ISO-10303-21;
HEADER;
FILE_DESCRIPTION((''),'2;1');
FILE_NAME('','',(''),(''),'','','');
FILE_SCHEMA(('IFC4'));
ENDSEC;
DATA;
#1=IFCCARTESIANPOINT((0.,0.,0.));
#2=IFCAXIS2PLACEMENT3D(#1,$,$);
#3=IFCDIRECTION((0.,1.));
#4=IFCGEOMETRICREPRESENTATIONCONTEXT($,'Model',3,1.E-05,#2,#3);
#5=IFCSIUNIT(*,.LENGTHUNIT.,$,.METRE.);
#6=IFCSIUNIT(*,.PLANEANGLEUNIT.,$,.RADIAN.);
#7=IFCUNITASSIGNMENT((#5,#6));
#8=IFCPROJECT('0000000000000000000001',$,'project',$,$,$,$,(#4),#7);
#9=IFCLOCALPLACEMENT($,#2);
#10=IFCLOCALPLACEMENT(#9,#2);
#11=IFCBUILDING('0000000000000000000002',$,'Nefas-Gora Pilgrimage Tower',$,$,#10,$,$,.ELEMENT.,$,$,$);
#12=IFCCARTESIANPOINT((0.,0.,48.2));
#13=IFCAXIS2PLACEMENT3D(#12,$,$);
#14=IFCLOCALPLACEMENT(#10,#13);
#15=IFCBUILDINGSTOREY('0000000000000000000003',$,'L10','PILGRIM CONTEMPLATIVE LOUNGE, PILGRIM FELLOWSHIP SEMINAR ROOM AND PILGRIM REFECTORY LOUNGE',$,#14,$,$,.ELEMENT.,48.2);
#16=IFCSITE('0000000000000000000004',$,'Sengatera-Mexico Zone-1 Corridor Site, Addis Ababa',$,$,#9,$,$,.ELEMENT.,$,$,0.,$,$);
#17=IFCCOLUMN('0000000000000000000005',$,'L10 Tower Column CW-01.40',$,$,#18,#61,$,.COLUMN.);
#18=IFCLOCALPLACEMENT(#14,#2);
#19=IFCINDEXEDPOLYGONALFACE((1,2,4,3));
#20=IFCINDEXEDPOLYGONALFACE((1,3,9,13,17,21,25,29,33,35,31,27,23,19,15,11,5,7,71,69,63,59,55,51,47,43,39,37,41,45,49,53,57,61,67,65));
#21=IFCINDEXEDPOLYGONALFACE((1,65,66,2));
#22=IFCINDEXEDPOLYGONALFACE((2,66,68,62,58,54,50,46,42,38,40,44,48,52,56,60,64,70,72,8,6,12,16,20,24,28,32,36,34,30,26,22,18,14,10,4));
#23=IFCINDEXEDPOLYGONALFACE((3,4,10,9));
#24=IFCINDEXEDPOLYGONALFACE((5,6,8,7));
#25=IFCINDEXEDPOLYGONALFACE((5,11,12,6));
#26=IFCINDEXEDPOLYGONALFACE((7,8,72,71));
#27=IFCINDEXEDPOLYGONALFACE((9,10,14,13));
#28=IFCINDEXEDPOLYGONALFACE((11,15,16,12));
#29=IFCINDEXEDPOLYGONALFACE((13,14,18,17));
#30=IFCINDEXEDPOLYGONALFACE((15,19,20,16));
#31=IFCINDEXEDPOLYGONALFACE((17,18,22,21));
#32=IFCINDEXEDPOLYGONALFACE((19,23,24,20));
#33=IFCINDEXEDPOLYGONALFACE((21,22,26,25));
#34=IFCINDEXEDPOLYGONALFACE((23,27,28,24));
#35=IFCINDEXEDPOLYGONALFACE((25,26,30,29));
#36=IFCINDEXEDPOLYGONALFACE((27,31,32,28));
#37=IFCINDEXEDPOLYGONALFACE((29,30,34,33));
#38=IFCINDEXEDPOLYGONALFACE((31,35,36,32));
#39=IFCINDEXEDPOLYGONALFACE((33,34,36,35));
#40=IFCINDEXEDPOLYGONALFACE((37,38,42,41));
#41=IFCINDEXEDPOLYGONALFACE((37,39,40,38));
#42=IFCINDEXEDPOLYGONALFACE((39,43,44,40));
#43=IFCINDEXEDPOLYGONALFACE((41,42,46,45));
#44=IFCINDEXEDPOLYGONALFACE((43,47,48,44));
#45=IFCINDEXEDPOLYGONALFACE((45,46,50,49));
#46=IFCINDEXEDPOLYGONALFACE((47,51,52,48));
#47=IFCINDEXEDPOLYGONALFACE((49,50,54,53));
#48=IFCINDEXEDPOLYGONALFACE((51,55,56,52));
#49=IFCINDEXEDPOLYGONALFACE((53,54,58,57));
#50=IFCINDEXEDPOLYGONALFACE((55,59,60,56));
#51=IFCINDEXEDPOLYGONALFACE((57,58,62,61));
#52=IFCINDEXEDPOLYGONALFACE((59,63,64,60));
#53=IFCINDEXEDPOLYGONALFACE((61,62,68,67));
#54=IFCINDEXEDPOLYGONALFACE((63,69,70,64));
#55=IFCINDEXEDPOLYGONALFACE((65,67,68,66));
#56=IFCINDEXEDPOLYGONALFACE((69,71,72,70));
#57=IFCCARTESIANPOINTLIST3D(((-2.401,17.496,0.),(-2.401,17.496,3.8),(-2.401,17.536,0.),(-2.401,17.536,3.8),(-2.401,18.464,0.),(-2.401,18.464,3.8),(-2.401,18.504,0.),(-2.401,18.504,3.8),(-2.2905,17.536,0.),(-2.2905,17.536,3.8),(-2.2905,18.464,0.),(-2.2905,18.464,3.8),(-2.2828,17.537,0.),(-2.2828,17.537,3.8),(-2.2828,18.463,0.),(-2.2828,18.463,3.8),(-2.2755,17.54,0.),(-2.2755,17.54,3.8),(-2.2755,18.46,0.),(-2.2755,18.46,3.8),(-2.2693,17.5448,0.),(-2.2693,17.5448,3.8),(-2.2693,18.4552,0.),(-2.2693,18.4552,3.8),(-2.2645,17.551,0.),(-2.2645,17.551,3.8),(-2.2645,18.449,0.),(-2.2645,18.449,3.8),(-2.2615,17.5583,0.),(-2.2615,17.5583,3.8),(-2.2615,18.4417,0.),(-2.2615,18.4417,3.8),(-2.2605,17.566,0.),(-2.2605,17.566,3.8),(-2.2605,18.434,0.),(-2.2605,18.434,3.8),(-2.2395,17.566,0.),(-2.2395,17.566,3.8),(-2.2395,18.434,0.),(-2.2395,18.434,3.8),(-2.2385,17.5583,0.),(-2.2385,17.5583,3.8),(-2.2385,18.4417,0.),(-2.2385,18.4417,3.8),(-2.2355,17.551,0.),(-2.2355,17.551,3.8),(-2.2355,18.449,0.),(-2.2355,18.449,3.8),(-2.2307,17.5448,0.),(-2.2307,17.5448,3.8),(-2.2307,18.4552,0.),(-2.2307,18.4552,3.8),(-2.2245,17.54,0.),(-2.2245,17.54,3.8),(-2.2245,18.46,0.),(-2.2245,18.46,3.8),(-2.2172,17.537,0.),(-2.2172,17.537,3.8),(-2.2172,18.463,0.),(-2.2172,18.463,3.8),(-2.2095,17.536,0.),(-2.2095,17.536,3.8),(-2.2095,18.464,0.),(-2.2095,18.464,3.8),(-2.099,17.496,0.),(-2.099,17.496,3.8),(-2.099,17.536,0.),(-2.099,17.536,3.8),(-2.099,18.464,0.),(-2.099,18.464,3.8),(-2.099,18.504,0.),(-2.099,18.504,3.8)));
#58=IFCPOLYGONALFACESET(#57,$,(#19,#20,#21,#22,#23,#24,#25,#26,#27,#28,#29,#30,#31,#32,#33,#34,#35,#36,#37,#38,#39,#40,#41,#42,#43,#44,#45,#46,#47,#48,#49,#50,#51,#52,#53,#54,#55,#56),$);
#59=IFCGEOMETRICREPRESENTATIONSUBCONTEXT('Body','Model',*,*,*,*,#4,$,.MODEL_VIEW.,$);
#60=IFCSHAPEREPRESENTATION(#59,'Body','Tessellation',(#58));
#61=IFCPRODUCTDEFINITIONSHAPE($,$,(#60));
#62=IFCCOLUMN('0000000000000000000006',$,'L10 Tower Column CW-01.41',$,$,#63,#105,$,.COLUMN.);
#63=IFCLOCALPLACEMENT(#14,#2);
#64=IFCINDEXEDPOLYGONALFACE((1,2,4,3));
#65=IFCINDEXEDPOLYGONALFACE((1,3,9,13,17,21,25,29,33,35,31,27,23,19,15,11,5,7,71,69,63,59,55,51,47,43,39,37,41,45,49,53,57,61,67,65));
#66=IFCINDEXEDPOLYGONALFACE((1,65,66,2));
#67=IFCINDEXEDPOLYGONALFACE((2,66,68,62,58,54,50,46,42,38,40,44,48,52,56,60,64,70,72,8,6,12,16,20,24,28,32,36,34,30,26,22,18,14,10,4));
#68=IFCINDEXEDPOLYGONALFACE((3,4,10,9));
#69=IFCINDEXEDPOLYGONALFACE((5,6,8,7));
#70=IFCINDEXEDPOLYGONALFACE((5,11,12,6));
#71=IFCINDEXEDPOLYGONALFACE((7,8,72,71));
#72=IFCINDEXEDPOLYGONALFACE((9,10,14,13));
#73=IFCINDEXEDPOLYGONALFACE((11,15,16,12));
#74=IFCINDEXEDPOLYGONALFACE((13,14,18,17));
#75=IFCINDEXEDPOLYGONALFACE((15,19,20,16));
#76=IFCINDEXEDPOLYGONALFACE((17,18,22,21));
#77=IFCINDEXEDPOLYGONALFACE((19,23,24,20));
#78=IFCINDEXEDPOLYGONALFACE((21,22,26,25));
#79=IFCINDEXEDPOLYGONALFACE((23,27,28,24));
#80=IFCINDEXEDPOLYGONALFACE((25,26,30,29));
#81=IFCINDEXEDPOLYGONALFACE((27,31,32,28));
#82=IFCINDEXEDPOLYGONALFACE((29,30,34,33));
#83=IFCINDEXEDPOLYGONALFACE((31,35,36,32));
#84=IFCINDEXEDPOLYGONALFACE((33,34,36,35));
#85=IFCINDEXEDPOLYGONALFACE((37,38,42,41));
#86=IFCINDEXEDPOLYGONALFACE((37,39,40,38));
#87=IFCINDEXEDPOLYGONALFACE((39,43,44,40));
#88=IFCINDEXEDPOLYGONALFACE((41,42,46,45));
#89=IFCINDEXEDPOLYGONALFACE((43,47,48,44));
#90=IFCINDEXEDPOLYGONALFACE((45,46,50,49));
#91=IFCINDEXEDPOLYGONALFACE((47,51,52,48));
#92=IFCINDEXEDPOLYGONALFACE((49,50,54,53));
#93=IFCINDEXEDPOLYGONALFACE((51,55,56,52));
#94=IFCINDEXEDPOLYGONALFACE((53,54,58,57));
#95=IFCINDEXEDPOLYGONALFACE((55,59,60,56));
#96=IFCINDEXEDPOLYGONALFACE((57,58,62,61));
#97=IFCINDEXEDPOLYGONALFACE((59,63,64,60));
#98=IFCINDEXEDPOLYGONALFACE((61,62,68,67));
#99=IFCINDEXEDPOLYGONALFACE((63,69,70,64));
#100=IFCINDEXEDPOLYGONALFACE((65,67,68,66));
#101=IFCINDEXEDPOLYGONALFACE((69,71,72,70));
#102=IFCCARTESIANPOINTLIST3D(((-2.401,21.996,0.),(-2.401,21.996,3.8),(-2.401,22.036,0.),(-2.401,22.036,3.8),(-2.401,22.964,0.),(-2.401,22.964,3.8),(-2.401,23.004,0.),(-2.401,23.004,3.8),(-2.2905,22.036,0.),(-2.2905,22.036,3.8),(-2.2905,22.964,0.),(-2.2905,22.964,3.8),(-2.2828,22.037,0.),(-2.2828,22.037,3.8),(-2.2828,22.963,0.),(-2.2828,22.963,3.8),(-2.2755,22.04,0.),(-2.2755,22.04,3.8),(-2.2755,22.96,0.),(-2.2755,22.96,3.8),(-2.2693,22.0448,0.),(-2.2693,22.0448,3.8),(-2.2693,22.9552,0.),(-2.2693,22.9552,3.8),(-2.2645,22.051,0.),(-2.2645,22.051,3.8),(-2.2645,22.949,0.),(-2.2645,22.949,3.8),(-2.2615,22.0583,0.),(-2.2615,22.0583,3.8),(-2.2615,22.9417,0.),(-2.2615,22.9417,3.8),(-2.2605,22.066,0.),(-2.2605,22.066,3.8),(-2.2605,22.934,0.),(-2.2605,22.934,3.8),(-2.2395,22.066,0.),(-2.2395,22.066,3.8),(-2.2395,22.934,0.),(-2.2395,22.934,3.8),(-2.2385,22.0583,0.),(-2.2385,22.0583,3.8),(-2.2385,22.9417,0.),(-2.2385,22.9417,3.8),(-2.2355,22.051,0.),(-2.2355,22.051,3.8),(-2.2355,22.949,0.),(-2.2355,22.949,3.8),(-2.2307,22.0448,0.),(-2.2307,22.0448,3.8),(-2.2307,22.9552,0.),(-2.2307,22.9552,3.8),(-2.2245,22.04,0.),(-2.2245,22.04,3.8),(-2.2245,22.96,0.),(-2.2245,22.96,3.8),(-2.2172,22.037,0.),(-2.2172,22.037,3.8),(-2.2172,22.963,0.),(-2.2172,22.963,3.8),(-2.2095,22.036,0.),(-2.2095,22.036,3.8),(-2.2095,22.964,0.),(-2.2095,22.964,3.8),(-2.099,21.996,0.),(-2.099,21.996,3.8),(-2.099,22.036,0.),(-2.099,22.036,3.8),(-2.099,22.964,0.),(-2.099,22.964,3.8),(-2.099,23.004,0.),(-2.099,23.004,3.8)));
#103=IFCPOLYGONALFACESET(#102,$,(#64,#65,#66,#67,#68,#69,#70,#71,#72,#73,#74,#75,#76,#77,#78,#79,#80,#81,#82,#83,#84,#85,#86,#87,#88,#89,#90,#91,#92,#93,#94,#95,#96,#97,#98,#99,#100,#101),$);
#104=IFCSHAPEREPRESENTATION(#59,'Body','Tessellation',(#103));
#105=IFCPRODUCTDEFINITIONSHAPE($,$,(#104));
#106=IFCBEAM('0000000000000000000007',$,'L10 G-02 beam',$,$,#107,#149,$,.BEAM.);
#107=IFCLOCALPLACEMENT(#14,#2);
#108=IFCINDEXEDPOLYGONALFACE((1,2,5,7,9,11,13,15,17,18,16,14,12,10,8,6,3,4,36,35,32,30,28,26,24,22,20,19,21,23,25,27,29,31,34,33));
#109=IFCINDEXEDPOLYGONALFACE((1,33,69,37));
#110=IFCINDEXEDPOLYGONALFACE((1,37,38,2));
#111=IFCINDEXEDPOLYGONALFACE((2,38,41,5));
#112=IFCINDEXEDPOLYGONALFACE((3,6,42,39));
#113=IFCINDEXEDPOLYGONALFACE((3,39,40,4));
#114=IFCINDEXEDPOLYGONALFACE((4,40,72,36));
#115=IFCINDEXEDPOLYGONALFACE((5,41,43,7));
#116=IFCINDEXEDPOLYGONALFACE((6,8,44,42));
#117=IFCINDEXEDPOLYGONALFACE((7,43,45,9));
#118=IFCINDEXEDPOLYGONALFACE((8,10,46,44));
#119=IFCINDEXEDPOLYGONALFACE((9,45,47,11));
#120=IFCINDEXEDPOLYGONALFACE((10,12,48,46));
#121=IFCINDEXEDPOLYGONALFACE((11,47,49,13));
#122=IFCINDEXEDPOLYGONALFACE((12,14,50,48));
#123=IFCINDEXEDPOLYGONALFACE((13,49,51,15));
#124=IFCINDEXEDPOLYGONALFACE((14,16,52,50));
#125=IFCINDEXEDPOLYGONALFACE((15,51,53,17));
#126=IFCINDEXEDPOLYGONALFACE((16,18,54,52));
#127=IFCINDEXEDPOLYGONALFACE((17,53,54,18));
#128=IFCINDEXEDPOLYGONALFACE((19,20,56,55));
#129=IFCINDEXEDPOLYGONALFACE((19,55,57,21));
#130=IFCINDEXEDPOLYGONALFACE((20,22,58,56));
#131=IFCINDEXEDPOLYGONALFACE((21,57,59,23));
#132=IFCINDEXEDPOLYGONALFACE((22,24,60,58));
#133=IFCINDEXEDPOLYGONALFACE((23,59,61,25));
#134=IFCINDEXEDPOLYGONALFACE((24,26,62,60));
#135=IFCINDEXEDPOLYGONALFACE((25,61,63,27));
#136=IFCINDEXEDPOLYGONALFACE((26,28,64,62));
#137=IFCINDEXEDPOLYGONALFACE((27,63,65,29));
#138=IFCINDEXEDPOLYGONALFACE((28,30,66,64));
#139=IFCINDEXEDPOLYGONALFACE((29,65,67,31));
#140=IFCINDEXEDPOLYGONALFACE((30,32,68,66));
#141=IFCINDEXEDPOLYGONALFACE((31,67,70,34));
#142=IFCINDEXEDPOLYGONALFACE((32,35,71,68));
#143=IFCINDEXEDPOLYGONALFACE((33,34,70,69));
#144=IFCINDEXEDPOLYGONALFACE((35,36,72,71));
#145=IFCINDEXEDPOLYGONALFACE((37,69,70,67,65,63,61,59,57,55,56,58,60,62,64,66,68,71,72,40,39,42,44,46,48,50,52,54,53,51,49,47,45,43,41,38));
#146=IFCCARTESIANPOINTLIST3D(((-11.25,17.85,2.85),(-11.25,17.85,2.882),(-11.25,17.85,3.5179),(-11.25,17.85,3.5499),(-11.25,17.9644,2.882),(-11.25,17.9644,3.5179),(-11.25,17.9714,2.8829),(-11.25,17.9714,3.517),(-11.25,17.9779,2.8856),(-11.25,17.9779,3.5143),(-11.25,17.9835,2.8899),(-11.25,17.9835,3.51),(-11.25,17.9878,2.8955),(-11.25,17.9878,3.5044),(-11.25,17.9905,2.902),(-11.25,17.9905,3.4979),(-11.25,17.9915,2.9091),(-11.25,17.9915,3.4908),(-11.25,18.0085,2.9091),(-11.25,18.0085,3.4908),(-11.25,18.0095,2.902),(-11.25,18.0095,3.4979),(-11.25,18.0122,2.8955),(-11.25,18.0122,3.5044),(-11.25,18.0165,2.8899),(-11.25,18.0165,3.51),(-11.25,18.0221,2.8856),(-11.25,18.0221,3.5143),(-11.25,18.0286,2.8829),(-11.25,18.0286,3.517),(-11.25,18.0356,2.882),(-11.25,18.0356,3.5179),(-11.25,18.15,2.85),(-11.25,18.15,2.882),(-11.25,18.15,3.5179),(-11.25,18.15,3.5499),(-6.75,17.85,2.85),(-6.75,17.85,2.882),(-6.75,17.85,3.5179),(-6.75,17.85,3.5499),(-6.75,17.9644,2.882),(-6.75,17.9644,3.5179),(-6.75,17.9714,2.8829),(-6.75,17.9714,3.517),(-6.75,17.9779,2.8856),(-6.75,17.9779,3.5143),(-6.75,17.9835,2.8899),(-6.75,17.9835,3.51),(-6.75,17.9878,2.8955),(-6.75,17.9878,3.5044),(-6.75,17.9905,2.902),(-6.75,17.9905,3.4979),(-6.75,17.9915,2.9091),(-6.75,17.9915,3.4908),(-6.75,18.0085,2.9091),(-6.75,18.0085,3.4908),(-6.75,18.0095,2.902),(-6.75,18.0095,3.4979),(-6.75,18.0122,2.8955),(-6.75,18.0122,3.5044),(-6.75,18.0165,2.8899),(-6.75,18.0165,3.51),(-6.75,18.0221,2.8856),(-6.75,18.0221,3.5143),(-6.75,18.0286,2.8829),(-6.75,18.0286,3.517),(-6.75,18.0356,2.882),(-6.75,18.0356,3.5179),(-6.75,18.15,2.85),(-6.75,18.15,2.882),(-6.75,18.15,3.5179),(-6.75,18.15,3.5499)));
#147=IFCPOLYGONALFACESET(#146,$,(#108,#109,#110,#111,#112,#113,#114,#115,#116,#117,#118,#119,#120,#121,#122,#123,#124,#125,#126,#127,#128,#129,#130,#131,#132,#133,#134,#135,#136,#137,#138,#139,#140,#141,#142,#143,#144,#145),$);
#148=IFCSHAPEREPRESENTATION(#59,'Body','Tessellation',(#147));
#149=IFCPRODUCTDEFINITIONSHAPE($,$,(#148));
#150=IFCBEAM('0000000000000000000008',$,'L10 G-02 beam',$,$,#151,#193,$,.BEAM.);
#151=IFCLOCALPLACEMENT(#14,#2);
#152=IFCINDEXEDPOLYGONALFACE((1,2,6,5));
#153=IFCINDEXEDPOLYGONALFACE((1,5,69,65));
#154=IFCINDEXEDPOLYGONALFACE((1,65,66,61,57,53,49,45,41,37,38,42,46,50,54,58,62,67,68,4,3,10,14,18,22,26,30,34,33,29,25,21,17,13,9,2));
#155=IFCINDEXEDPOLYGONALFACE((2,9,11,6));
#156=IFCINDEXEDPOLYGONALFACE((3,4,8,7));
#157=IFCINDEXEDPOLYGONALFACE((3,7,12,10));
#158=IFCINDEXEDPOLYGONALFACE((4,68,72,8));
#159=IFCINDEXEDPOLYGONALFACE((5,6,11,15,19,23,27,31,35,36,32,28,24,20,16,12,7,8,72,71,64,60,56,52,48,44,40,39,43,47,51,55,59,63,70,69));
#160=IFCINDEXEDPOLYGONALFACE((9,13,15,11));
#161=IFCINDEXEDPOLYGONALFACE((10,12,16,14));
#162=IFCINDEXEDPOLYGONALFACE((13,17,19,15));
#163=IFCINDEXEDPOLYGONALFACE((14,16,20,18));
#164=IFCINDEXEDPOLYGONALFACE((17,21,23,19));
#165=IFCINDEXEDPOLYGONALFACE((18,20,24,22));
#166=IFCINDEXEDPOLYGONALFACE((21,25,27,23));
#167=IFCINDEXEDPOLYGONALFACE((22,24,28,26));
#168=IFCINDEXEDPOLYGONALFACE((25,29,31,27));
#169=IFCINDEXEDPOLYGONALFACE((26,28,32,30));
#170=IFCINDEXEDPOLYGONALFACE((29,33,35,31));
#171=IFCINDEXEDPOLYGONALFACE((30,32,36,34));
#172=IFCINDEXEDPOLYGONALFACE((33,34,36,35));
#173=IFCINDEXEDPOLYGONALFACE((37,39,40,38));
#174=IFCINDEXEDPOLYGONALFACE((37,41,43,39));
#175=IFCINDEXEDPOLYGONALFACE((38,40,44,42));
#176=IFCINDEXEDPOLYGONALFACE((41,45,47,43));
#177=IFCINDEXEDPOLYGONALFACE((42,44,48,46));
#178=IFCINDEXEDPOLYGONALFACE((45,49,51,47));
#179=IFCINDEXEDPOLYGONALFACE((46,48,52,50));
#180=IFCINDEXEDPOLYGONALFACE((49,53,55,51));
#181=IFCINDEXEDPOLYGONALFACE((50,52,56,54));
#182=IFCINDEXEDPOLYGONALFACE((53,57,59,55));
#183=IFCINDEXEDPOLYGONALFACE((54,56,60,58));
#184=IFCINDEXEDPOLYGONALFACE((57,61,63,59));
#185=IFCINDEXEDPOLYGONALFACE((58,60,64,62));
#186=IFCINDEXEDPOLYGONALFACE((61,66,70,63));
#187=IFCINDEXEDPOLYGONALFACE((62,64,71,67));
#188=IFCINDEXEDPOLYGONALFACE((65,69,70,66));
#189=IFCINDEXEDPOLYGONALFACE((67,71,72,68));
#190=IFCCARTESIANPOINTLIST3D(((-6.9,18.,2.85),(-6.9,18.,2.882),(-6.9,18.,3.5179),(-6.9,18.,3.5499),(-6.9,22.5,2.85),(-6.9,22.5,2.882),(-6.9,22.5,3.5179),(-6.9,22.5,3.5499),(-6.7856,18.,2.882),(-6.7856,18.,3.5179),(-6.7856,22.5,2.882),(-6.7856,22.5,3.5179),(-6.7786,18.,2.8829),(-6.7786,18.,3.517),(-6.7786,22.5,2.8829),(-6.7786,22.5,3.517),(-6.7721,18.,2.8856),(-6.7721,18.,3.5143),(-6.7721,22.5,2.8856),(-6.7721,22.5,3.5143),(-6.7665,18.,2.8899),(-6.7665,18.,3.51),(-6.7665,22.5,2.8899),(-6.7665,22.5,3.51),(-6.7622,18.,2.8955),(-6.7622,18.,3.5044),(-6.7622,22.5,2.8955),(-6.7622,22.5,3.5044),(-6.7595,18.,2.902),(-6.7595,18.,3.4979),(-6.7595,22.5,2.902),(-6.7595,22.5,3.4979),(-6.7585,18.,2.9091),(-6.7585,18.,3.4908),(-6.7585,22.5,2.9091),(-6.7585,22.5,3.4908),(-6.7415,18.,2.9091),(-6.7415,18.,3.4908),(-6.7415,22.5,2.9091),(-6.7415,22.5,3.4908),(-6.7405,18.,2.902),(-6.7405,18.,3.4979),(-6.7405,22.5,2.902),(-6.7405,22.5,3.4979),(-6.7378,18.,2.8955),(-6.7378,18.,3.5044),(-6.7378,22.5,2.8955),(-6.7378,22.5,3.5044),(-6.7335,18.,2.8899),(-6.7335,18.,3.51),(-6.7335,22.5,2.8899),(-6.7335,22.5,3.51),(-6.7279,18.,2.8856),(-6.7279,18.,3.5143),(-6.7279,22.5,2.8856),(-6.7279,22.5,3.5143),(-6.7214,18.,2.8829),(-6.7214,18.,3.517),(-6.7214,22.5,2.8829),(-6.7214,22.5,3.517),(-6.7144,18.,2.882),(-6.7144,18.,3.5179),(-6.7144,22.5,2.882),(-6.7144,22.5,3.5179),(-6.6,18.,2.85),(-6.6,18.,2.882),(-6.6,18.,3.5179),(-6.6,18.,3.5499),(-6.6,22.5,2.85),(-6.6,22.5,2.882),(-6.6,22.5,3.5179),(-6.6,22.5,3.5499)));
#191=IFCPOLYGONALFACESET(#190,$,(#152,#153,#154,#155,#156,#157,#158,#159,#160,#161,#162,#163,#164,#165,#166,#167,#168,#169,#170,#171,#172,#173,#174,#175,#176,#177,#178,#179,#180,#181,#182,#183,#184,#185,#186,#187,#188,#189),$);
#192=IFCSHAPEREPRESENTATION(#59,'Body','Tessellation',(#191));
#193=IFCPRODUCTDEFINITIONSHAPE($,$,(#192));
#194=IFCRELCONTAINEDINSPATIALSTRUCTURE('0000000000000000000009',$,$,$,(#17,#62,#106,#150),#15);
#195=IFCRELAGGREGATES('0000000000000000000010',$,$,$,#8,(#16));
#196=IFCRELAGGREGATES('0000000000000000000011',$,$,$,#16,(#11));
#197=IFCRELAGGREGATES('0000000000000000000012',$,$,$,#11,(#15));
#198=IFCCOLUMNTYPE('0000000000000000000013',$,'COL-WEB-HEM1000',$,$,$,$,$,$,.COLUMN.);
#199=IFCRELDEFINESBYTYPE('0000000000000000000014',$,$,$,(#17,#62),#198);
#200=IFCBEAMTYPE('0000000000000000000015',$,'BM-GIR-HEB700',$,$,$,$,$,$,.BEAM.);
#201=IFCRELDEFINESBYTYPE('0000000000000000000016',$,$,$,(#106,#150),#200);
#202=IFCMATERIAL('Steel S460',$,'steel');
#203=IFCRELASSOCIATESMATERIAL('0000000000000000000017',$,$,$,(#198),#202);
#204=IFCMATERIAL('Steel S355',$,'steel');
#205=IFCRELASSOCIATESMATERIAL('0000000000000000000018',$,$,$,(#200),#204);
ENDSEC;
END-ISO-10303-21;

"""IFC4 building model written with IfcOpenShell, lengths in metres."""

from ifc_helpers import new_model, si_unit, direction, frame, origin, origin_2d, place, context, subcontext, project, spatial, i_section, extrude, source, transform, mapped, material, material_profile, profile_set, type_object, element, save


model = new_model("IFC4")

# Units and contexts
model_context = context("Model", 3, precision=1e-05, world=origin(), true_north=direction((0.0, 1.0)))
body_context = subcontext(model_context, "Body", "Model", "MODEL_VIEW")
ifc_project = project(units=[si_unit("LENGTHUNIT", "METRE"), si_unit("PLANEANGLEUNIT", "RADIAN")], contexts=[model_context])

# Site, building, storey
site_placement = place(None, origin())
site = spatial("IfcSite", under=ifc_project, at=site_placement, Name="Sengatera-Mexico Zone-1 Corridor Site, Addis Ababa", CompositionType="ELEMENT", RefElevation=0.0)
building_placement = place(site_placement, origin())
building = spatial("IfcBuilding", under=site, at=building_placement, Name="Nefas-Gora Pilgrimage Tower", CompositionType="ELEMENT")
storey_placement = place(building_placement, frame((0.0, 0.0, 48.2)))
storey = spatial("IfcBuildingStorey", under=building, at=storey_placement, Name="L10", Description="PILGRIM CONTEMPLATIVE LOUNGE, PILGRIM FELLOWSHIP SEMINAR ROOM AND PILGRIM REFECTORY LOUNGE", CompositionType="ELEMENT", Elevation=48.2)

# Columns
ifc_material_1 = material(Name="Steel S460", Category="steel")
ifc_material_profile_1 = material_profile(ifc_material_1, i_section(OverallWidth=0.302, OverallDepth=1.0081, WebThickness=0.021, FlangeThickness=0.04, FilletRadius=0.03, at=origin_2d()), Name="HEM 1000")
ifc_profile_set_1 = profile_set([ifc_material_profile_1], Name="Steel S460")
column_type_1 = type_object("IfcColumnType", Name="COL-WEB-HEM1000", PredefinedType="COLUMN", material=ifc_profile_set_1)
shared_shape_1 = source(origin(), body_context, "Body", "SweptSolid", [
    extrude(i_section(OverallWidth=0.302, OverallDepth=1.0081, WebThickness=0.021, FlangeThickness=0.04, FilletRadius=0.03, at=origin_2d()), origin(), (0.0, 0.0, 1.0), 3.8),
])
for number, where, z_axis, x_axis, name in (
    (1, (-2.25, 18.0, 0.0), (0.0, 0.0, 1.0), (1.0, 0.0, 0.0), "L10 Tower Column CW-01.40"),
    (2, (-2.25, 22.5, 0.0), (0.0, 0.0, 1.0), (1.0, 0.0, 0.0), "L10 Tower Column CW-01.41"),
):
    element("IfcColumn", number, at=place(storey_placement, frame(where, z_axis=z_axis, x_axis=x_axis)), inside=storey, type_object=column_type_1, Name=name, PredefinedType="COLUMN", context=body_context, shape_type="MappedRepresentation", body=[
        mapped(shared_shape_1, transform((0.0, 0.0, 0.0), x_axis=(1.0, 0.0, 0.0), y_axis=(0.0, 1.0, 0.0), z_axis=(0.0, 0.0, 1.0), scale=1.0)),
    ])

# Beams
ifc_material_2 = material(Name="Steel S355", Category="steel")
ifc_material_profile_2 = material_profile(ifc_material_2, i_section(OverallWidth=0.3, OverallDepth=0.7, WebThickness=0.0171, FlangeThickness=0.032, FilletRadius=0.0271, at=origin_2d()), Name="HEB 700")
ifc_profile_set_2 = profile_set([ifc_material_profile_2], Name="Steel S355")
beam_type = type_object("IfcBeamType", Name="BM-GIR-HEB700", PredefinedType="BEAM", material=ifc_profile_set_2)
shared_shape_2 = source(origin(), body_context, "Body", "SweptSolid", [
    extrude(i_section(OverallWidth=0.3, OverallDepth=0.7, WebThickness=0.0171, FlangeThickness=0.032, FilletRadius=0.0271, at=origin_2d()), origin(), (0.0, 0.0, 1.0), 4.5),
])
for number, where, z_axis, x_axis, name in (
    (3, (-11.25, 18.0, 3.2), (1.0, 0.0, 0.0), (0.0, 1.0, 0.0), "L10 G-02 beam"),
    (4, (-6.75, 18.0, 3.2), (0.0, 1.0, 0.0), (-1.0, 0.0, 0.0), "L10 G-02 beam"),
):
    element("IfcBeam", number, at=place(storey_placement, frame(where, z_axis=z_axis, x_axis=x_axis)), inside=storey, type_object=beam_type, Name=name, PredefinedType="BEAM", context=body_context, shape_type="MappedRepresentation", body=[
        mapped(shared_shape_2, transform((0.0, 0.0, 0.0), x_axis=(1.0, 0.0, 0.0), y_axis=(0.0, 1.0, 0.0), z_axis=(0.0, 0.0, 1.0), scale=1.0)),
    ])

save(model, "model.ifc")
